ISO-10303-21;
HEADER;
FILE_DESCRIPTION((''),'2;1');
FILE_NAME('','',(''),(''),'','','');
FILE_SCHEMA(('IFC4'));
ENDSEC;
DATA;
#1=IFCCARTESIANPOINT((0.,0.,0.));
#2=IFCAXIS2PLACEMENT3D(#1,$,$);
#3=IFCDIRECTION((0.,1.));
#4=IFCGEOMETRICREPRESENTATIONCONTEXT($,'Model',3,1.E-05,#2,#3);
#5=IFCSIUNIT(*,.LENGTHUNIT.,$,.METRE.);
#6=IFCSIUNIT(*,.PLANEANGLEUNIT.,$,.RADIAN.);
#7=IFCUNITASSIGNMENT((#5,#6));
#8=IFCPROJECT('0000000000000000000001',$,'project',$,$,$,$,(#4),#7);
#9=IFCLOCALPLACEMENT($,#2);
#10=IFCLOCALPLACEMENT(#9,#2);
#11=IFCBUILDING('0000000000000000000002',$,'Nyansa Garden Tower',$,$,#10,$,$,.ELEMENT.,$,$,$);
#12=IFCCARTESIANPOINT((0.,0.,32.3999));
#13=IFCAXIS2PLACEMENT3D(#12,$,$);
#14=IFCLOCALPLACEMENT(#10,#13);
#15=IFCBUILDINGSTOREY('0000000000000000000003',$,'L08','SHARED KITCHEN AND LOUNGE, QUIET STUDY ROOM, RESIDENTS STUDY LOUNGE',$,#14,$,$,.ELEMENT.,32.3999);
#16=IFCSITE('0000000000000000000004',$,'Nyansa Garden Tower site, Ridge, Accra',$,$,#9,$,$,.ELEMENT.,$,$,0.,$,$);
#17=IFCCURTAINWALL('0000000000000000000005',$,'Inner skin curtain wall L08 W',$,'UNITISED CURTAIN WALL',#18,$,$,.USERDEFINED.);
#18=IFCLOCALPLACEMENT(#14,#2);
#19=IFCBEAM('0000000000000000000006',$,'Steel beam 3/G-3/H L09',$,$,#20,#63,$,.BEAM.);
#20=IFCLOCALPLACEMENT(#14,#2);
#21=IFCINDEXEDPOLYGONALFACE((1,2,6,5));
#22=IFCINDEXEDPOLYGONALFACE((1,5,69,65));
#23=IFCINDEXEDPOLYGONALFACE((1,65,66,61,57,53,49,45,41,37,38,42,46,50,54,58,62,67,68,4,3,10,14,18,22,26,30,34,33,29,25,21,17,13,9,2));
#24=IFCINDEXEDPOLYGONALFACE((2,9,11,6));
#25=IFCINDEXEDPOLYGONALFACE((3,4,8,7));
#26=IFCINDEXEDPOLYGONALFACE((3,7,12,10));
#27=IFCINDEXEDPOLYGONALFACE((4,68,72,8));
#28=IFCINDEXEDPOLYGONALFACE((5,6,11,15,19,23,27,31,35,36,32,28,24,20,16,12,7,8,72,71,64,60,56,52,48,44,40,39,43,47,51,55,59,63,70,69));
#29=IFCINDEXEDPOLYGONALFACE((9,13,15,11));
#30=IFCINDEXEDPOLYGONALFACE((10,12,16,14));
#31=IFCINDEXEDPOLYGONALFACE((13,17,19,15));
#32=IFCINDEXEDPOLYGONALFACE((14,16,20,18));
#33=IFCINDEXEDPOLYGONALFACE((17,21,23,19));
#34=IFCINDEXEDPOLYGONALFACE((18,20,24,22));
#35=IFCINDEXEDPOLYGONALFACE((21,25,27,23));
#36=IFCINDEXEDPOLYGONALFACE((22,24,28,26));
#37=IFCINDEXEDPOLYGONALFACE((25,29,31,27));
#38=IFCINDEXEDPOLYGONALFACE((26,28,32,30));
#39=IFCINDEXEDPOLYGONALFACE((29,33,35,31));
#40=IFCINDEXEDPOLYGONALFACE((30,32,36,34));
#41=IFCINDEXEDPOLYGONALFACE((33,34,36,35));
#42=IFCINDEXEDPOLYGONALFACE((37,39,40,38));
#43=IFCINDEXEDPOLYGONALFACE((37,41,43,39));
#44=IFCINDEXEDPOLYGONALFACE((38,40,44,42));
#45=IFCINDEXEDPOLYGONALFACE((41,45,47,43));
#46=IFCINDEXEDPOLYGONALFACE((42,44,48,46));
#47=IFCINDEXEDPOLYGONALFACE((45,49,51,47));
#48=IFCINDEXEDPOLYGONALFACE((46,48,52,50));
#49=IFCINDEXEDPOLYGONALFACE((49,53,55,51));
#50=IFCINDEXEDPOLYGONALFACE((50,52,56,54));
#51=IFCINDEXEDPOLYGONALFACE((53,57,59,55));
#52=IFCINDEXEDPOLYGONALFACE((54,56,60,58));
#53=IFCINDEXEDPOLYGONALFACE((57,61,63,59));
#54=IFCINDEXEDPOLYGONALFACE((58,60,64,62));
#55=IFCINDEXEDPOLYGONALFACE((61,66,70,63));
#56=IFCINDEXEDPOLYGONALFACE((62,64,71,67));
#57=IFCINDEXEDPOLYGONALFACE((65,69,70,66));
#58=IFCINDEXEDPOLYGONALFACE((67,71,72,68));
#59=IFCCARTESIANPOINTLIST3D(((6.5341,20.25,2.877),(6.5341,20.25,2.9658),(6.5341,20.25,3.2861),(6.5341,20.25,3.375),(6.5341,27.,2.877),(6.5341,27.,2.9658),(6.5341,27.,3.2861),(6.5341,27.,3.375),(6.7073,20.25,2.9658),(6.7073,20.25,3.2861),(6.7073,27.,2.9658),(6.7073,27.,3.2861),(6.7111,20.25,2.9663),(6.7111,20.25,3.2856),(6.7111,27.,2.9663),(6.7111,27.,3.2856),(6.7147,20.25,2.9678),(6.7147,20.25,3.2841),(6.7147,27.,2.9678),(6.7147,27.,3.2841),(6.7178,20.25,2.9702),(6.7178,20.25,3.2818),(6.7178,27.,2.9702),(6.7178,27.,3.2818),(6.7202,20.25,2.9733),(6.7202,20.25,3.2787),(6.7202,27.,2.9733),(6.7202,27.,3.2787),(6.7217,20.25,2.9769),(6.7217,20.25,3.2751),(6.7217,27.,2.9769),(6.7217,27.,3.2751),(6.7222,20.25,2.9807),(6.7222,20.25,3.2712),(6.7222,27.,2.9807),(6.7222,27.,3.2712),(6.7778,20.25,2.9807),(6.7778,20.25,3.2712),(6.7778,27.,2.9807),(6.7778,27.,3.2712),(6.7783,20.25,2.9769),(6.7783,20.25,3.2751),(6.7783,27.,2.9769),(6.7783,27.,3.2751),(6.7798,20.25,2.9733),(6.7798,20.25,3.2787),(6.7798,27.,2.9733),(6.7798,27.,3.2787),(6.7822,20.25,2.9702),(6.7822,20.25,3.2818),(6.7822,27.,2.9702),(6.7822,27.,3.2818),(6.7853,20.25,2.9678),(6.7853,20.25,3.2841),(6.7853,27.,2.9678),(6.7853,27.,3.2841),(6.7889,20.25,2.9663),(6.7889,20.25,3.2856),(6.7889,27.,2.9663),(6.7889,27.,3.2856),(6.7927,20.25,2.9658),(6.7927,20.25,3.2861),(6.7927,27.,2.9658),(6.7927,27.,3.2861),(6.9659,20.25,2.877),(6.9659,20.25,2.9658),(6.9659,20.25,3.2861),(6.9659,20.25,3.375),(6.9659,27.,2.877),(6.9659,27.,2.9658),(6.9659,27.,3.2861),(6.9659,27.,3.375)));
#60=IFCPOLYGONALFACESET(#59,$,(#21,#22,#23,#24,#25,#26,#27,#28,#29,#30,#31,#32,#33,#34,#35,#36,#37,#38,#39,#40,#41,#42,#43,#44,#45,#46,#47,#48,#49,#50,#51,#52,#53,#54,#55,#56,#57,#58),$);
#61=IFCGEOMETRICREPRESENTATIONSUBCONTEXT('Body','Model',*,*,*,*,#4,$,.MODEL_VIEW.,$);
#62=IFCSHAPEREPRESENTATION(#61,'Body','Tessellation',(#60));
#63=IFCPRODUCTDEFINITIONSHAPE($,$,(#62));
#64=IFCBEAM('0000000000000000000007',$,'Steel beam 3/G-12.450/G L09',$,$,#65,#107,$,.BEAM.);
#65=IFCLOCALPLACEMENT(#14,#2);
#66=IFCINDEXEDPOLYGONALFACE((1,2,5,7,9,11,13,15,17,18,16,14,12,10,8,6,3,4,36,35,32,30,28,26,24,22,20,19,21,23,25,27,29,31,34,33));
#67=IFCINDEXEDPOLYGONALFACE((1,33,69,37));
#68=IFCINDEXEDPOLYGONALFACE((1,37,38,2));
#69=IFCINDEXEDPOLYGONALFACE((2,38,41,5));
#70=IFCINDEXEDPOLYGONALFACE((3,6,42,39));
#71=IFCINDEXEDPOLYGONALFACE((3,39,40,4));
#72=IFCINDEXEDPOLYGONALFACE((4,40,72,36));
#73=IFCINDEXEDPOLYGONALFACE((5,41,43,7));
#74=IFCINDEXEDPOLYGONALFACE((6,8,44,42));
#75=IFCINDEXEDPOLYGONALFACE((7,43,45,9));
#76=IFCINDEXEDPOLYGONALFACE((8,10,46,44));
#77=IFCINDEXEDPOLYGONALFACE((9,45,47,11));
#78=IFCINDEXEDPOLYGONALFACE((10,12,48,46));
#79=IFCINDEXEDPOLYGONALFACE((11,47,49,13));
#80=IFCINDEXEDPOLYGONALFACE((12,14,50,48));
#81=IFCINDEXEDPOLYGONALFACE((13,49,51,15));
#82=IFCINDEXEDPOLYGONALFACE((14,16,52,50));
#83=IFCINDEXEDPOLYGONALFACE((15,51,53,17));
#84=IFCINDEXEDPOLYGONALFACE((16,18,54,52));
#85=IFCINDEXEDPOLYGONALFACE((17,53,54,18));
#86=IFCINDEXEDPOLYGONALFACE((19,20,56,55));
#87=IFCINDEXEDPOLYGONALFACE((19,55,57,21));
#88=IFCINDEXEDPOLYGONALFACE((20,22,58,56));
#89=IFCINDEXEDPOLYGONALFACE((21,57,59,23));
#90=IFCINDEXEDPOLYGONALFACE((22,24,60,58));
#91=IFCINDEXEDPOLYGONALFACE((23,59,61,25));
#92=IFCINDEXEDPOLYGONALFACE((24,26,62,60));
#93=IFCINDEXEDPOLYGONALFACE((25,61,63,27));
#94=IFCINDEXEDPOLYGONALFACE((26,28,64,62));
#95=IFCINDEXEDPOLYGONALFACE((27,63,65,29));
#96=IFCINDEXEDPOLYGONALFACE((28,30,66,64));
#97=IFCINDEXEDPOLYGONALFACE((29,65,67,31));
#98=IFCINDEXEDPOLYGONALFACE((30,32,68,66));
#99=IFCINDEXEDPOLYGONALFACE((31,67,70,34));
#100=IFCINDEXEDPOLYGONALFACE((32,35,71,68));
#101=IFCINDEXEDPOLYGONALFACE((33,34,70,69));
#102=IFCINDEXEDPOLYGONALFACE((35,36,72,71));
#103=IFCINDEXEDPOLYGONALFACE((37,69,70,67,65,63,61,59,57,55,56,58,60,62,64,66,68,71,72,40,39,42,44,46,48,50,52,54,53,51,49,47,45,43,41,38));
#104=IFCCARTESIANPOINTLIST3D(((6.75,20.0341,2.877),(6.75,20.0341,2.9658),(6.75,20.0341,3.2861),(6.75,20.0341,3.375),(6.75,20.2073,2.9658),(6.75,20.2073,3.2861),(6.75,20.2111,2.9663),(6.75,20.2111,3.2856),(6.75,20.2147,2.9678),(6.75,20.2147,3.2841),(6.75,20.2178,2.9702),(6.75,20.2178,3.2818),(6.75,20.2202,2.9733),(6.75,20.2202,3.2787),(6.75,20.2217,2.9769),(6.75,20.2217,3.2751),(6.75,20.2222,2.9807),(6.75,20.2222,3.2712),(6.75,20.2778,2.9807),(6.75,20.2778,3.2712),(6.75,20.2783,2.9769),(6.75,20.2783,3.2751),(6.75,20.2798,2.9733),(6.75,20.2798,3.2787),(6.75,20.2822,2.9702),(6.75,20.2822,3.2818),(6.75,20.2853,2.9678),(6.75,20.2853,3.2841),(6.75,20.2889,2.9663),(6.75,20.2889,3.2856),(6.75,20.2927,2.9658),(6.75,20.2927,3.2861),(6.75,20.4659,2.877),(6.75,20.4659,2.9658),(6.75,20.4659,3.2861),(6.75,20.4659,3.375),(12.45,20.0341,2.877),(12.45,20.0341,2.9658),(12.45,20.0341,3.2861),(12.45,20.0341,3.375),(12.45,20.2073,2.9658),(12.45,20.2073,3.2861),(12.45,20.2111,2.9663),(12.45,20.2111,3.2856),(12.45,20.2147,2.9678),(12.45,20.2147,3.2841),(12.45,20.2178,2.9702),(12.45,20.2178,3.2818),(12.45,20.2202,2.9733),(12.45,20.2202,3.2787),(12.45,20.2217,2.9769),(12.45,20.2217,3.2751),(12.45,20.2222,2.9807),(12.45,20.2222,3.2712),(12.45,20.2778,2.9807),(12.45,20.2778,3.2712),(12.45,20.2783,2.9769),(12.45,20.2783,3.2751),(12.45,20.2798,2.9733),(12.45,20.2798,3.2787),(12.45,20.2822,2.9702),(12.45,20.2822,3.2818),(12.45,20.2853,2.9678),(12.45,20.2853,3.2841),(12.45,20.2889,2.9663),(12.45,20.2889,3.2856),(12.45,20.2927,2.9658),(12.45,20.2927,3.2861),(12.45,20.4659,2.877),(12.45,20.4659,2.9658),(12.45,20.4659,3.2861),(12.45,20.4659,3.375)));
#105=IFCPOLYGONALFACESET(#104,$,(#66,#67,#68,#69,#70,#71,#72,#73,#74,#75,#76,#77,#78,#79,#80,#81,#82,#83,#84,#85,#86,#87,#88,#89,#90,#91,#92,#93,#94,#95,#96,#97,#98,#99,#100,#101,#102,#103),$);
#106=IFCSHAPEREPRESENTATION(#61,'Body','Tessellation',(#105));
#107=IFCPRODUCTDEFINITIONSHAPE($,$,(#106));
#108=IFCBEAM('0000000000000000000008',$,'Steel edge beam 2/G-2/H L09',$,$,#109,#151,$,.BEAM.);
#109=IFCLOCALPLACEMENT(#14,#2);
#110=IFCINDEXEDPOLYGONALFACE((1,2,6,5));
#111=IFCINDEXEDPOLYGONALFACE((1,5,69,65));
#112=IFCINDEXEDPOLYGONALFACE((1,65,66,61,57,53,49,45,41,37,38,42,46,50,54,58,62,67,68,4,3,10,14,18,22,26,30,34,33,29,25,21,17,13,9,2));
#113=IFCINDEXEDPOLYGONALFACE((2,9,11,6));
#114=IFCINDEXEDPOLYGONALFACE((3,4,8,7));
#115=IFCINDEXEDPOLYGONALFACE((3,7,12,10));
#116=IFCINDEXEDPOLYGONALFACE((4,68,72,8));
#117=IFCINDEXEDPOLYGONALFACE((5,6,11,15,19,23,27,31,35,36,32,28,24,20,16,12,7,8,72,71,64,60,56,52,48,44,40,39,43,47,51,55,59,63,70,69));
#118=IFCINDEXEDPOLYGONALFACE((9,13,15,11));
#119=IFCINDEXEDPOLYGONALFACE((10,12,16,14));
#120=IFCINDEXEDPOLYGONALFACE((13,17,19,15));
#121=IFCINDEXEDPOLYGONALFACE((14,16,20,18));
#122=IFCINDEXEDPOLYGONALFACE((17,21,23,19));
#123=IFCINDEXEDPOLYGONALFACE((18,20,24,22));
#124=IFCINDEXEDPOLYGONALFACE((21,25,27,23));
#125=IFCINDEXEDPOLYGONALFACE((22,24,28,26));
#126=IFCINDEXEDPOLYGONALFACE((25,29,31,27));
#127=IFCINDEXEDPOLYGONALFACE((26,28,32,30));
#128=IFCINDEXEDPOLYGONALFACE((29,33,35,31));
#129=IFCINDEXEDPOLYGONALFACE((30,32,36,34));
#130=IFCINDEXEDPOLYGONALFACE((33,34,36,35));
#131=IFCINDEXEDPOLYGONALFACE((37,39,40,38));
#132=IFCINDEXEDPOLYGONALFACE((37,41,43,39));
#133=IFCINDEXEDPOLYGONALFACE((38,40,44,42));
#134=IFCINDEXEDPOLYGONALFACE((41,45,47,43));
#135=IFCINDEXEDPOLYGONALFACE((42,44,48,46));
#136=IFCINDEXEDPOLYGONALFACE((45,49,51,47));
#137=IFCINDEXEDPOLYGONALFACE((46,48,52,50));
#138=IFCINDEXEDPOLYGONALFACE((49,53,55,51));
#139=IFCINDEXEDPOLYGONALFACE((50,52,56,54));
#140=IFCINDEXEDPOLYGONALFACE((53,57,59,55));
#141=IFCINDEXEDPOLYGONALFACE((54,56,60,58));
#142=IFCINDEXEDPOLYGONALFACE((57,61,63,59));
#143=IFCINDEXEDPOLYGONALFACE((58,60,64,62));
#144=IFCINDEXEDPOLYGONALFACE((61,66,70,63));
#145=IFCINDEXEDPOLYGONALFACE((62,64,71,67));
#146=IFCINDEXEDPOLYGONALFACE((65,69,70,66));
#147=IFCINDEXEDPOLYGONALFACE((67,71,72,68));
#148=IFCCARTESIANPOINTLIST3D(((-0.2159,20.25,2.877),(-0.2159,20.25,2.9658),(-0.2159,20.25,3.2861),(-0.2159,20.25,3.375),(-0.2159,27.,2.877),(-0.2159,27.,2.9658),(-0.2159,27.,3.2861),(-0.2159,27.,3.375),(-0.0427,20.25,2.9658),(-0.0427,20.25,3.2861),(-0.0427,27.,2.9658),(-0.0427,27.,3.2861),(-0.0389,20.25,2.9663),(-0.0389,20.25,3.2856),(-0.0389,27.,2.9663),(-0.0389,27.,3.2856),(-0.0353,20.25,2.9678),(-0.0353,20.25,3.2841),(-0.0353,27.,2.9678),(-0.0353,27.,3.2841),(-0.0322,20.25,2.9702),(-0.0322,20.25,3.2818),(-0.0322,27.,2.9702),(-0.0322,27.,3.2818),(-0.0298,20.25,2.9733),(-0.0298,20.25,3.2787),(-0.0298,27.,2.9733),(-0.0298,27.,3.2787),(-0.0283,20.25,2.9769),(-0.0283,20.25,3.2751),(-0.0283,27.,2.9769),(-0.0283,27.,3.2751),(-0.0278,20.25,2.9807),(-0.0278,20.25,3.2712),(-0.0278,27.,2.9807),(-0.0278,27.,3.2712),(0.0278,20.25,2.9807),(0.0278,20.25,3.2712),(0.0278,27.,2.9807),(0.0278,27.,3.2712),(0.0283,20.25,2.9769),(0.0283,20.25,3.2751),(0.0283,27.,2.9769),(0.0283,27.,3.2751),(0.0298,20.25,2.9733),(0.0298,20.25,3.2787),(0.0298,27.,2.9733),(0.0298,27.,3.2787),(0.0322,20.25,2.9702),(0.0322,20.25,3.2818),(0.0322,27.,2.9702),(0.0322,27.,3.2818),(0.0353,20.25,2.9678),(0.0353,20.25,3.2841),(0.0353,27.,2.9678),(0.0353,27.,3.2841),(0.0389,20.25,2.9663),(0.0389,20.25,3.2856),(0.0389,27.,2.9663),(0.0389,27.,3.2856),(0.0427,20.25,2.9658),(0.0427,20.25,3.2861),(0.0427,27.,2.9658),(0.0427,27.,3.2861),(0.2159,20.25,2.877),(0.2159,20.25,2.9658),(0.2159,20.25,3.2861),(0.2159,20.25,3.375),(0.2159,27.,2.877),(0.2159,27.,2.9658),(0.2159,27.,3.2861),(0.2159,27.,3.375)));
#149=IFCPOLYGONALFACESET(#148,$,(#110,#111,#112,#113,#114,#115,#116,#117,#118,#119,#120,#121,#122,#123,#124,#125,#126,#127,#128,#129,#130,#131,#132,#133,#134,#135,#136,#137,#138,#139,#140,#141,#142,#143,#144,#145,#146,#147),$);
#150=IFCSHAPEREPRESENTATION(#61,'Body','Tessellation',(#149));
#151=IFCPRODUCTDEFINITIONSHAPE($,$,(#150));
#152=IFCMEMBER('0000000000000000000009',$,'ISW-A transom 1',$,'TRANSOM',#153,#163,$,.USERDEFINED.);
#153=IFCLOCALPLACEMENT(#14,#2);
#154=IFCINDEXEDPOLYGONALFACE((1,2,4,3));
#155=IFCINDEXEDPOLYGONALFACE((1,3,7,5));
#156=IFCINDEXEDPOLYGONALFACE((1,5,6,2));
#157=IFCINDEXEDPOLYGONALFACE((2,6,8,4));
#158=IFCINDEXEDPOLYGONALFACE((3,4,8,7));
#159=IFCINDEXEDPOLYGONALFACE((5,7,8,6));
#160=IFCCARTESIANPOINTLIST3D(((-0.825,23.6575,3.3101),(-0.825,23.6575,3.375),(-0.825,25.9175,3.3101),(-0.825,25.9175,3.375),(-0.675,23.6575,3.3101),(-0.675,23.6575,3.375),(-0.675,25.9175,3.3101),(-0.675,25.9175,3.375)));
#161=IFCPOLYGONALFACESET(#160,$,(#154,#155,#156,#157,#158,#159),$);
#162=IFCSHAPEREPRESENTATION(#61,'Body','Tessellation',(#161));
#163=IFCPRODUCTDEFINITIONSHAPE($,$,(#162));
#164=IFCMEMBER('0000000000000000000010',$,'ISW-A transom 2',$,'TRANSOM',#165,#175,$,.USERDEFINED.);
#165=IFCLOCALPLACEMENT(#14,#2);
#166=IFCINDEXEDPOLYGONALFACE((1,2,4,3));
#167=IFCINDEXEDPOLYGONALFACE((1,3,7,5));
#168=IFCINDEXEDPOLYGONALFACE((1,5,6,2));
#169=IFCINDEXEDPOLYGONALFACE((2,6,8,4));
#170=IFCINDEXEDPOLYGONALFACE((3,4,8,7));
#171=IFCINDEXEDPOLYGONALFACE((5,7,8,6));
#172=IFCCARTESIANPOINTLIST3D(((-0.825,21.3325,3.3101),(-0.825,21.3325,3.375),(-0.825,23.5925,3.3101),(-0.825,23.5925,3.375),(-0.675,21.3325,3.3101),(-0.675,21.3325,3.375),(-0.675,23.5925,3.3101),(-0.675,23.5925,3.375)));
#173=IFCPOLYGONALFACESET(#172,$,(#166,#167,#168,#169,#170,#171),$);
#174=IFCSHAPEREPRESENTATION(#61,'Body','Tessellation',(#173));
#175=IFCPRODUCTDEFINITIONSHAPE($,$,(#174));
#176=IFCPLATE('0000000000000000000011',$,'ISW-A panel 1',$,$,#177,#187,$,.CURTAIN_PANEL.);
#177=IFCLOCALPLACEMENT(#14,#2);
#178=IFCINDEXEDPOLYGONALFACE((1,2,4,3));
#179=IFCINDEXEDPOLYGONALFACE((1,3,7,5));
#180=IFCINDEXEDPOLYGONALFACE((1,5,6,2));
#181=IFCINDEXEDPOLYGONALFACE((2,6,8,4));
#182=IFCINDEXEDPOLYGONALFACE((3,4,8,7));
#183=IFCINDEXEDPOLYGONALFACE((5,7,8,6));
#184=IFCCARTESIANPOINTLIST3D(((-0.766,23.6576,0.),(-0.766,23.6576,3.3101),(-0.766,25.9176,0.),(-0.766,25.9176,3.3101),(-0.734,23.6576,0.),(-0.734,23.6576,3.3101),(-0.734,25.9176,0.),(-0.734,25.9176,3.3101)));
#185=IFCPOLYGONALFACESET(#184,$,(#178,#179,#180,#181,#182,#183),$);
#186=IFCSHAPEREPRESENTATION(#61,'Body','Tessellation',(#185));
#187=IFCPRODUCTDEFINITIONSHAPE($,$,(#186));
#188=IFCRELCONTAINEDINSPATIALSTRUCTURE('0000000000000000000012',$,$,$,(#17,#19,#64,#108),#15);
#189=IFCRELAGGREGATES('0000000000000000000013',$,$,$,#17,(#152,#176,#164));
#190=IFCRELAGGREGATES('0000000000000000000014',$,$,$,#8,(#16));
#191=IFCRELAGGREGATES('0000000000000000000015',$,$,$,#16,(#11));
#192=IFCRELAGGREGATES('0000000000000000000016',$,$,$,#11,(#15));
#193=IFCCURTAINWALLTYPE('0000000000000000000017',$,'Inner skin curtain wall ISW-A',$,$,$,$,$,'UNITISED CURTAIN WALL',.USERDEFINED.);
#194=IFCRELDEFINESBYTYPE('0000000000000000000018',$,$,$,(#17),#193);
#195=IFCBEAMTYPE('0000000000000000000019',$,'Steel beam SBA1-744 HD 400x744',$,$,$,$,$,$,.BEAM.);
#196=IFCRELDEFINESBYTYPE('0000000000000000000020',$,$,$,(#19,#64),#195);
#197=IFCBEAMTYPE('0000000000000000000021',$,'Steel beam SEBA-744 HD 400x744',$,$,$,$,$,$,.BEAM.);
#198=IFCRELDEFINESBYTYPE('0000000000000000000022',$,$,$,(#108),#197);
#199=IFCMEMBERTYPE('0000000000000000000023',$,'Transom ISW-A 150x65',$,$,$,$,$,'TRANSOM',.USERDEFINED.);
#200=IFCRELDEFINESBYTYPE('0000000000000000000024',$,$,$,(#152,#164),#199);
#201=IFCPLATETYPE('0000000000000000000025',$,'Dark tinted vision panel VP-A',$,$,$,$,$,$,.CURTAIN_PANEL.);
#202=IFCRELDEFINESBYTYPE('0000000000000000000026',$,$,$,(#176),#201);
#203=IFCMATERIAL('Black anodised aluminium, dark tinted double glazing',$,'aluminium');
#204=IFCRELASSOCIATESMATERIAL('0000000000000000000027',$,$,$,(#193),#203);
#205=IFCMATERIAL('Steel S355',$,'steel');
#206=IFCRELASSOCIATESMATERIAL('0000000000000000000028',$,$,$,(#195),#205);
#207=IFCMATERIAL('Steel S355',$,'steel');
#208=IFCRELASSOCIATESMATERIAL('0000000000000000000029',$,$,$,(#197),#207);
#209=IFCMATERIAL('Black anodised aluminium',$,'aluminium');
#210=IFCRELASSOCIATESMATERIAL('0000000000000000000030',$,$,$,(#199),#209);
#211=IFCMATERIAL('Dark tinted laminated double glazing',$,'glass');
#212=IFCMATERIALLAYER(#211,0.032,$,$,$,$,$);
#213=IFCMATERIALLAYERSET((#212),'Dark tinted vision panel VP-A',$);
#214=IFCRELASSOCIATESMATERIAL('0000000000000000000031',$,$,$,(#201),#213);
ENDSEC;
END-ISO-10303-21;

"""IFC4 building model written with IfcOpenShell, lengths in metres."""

from ifc_helpers import new_model, si_unit, direction, frame, origin, origin_2d, place, context, subcontext, project, spatial, rectangle, i_section, extrude, material, layer, layer_set, material_profile, profile_set, type_object, element, aggregate, save


model = new_model("IFC4")

# Units and contexts
model_context = context("Model", 3, precision=1e-05, world=origin(), true_north=direction((0.0, 1.0)))
body_context = subcontext(model_context, "Body", "Model", "MODEL_VIEW")
ifc_project = project(units=[si_unit("LENGTHUNIT", "METRE"), si_unit("PLANEANGLEUNIT", "RADIAN")], contexts=[model_context])

# Site, building, storey
site_placement = place(None, origin())
site = spatial("IfcSite", under=ifc_project, at=site_placement, Name="Nyansa Garden Tower site, Ridge, Accra", CompositionType="ELEMENT", RefElevation=0.0)
building_placement = place(site_placement, origin())
building = spatial("IfcBuilding", under=site, at=building_placement, Name="Nyansa Garden Tower", CompositionType="ELEMENT")
storey_placement = place(building_placement, frame((0.0, 0.0, 32.3999)))
storey = spatial("IfcBuildingStorey", under=building, at=storey_placement, Name="L08", Description="SHARED KITCHEN AND LOUNGE, QUIET STUDY ROOM, RESIDENTS STUDY LOUNGE", CompositionType="ELEMENT", Elevation=32.3999)

# Curtain wall
ifc_material_1 = material(Name="Black anodised aluminium, dark tinted double glazing", Category="aluminium")
curtain_wall_type = type_object("IfcCurtainWallType", Name="Inner skin curtain wall ISW-A", ElementType="UNITISED CURTAIN WALL", PredefinedType="USERDEFINED", material=ifc_material_1)
curtain_wall_placement = place(storey_placement, origin())
curtain_wall = element("IfcCurtainWall", 1, at=curtain_wall_placement, inside=storey, type_object=curtain_wall_type, Name="Inner skin curtain wall L08 W", ObjectType="UNITISED CURTAIN WALL", PredefinedType="USERDEFINED")

# Beams
ifc_material_2 = material(Name="Steel S355", Category="steel")
ifc_material_profile_1 = material_profile(ifc_material_2, i_section(OverallWidth=0.4319, OverallDepth=0.498, WebThickness=0.0557, FlangeThickness=0.0889, FilletRadius=0.0149, at=origin_2d()), Name="HD 400x744")
ifc_profile_set_1 = profile_set([ifc_material_profile_1], Name="Steel S355")
beam_type_1 = type_object("IfcBeamType", Name="Steel beam SBA1-744 HD 400x744", PredefinedType="BEAM", material=ifc_profile_set_1)
for number, where, z_axis, x_axis, name in (
    (2, (6.75, 20.25, 3.126), (0.0, 1.0, 0.0), (-1.0, 0.0, 0.0), "Steel beam 3/G-3/H L09"),
):
    element("IfcBeam", number, at=place(storey_placement, frame(where, z_axis=z_axis, x_axis=x_axis)), inside=storey, type_object=beam_type_1, Name=name, PredefinedType="BEAM", context=body_context, shape_type="SweptSolid", body=[
        extrude(i_section(OverallWidth=0.4319, OverallDepth=0.498, WebThickness=0.0557, FlangeThickness=0.0889, FilletRadius=0.0149, at=origin_2d()), origin(), (0.0, 0.0, 1.0), 6.75),
    ])
beam_1_placement = place(storey_placement, frame((6.75, 20.25, 3.126), z_axis=(1.0, 0.0, 0.0), x_axis=(0.0, 1.0, 0.0)))
element("IfcBeam", 3, at=beam_1_placement, inside=storey, type_object=beam_type_1, Name="Steel beam 3/G-12.450/G L09", PredefinedType="BEAM", context=body_context, shape_type="SweptSolid", body=[
    extrude(i_section(OverallWidth=0.4319, OverallDepth=0.498, WebThickness=0.0557, FlangeThickness=0.0889, FilletRadius=0.0149, at=origin_2d()), origin(), (0.0, 0.0, 1.0), 5.7),
])
ifc_material_3 = material(Name="Steel S355", Category="steel")
ifc_material_profile_2 = material_profile(ifc_material_3, i_section(OverallWidth=0.4319, OverallDepth=0.498, WebThickness=0.0557, FlangeThickness=0.0889, FilletRadius=0.0149, at=origin_2d()), Name="HD 400x744")
ifc_profile_set_2 = profile_set([ifc_material_profile_2], Name="Steel S355")
beam_type_2 = type_object("IfcBeamType", Name="Steel beam SEBA-744 HD 400x744", PredefinedType="BEAM", material=ifc_profile_set_2)
beam_2_placement = place(storey_placement, frame((0.0, 20.25, 3.126), z_axis=(0.0, 1.0, 0.0), x_axis=(-1.0, 0.0, 0.0)))
element("IfcBeam", 4, at=beam_2_placement, inside=storey, type_object=beam_type_2, Name="Steel edge beam 2/G-2/H L09", PredefinedType="BEAM", context=body_context, shape_type="SweptSolid", body=[
    extrude(i_section(OverallWidth=0.4319, OverallDepth=0.498, WebThickness=0.0557, FlangeThickness=0.0889, FilletRadius=0.0149, at=origin_2d()), origin(), (0.0, 0.0, 1.0), 6.75),
])

# Members
ifc_material_4 = material(Name="Black anodised aluminium", Category="aluminium")
ifc_material_profile_3 = material_profile(ifc_material_4, rectangle(XDim=0.1499, YDim=0.0649, at=origin_2d()), Name="Transom 150x65")
ifc_profile_set_3 = profile_set([ifc_material_profile_3], Name="Black anodised aluminium")
member_type_1 = type_object("IfcMemberType", Name="Transom ISW-A 150x65", ElementType="TRANSOM", PredefinedType="USERDEFINED", material=ifc_profile_set_3)
member_1_placement = place(storey_placement, frame((-0.75, 25.9175, 3.3425), z_axis=(0.0, -1.0, 0.0), x_axis=(1.0, 0.0, 0.0)))
member_1 = element("IfcMember", 5, at=member_1_placement, type_object=member_type_1, Name="ISW-A transom 1", ObjectType="TRANSOM", PredefinedType="USERDEFINED", context=body_context, shape_type="SweptSolid", body=[
    extrude(rectangle(XDim=0.1499, YDim=0.0649, at=origin_2d()), origin(), (0.0, 0.0, 1.0), 2.26),
])
member_2_placement = place(storey_placement, frame((-0.75, 23.5925, 3.3425), z_axis=(0.0, -1.0, 0.0), x_axis=(1.0, 0.0, 0.0)))
member_2 = element("IfcMember", 6, at=member_2_placement, type_object=member_type_1, Name="ISW-A transom 2", ObjectType="TRANSOM", PredefinedType="USERDEFINED", context=body_context, shape_type="SweptSolid", body=[
    extrude(rectangle(XDim=0.1499, YDim=0.0649, at=origin_2d()), origin(), (0.0, 0.0, 1.0), 2.26),
])

# Plate
ifc_material_5 = material(Name="Dark tinted laminated double glazing", Category="glass")
ifc_layer_1 = layer(ifc_material_5, 0.032)
ifc_layer_set_1 = layer_set([ifc_layer_1], Name="Dark tinted vision panel VP-A")
plate_type_1 = type_object("IfcPlateType", Name="Dark tinted vision panel VP-A", PredefinedType="CURTAIN_PANEL", material=ifc_layer_set_1)
plate_1_placement = place(storey_placement, frame((-0.75, 24.7876, 0.0), z_axis=(0.0, 0.0, 1.0), x_axis=(0.0, -1.0, 0.0)))
plate_1 = element("IfcPlate", 7, at=plate_1_placement, type_object=plate_type_1, Name="ISW-A panel 1", PredefinedType="CURTAIN_PANEL", context=body_context, shape_type="SweptSolid", body=[
    extrude(rectangle(XDim=2.26, YDim=0.032, at=origin_2d()), origin(), (0.0, 0.0, 1.0), 3.3101),
])
aggregate(curtain_wall, [member_1, plate_1, member_2])

save(model, "model.ifc")
